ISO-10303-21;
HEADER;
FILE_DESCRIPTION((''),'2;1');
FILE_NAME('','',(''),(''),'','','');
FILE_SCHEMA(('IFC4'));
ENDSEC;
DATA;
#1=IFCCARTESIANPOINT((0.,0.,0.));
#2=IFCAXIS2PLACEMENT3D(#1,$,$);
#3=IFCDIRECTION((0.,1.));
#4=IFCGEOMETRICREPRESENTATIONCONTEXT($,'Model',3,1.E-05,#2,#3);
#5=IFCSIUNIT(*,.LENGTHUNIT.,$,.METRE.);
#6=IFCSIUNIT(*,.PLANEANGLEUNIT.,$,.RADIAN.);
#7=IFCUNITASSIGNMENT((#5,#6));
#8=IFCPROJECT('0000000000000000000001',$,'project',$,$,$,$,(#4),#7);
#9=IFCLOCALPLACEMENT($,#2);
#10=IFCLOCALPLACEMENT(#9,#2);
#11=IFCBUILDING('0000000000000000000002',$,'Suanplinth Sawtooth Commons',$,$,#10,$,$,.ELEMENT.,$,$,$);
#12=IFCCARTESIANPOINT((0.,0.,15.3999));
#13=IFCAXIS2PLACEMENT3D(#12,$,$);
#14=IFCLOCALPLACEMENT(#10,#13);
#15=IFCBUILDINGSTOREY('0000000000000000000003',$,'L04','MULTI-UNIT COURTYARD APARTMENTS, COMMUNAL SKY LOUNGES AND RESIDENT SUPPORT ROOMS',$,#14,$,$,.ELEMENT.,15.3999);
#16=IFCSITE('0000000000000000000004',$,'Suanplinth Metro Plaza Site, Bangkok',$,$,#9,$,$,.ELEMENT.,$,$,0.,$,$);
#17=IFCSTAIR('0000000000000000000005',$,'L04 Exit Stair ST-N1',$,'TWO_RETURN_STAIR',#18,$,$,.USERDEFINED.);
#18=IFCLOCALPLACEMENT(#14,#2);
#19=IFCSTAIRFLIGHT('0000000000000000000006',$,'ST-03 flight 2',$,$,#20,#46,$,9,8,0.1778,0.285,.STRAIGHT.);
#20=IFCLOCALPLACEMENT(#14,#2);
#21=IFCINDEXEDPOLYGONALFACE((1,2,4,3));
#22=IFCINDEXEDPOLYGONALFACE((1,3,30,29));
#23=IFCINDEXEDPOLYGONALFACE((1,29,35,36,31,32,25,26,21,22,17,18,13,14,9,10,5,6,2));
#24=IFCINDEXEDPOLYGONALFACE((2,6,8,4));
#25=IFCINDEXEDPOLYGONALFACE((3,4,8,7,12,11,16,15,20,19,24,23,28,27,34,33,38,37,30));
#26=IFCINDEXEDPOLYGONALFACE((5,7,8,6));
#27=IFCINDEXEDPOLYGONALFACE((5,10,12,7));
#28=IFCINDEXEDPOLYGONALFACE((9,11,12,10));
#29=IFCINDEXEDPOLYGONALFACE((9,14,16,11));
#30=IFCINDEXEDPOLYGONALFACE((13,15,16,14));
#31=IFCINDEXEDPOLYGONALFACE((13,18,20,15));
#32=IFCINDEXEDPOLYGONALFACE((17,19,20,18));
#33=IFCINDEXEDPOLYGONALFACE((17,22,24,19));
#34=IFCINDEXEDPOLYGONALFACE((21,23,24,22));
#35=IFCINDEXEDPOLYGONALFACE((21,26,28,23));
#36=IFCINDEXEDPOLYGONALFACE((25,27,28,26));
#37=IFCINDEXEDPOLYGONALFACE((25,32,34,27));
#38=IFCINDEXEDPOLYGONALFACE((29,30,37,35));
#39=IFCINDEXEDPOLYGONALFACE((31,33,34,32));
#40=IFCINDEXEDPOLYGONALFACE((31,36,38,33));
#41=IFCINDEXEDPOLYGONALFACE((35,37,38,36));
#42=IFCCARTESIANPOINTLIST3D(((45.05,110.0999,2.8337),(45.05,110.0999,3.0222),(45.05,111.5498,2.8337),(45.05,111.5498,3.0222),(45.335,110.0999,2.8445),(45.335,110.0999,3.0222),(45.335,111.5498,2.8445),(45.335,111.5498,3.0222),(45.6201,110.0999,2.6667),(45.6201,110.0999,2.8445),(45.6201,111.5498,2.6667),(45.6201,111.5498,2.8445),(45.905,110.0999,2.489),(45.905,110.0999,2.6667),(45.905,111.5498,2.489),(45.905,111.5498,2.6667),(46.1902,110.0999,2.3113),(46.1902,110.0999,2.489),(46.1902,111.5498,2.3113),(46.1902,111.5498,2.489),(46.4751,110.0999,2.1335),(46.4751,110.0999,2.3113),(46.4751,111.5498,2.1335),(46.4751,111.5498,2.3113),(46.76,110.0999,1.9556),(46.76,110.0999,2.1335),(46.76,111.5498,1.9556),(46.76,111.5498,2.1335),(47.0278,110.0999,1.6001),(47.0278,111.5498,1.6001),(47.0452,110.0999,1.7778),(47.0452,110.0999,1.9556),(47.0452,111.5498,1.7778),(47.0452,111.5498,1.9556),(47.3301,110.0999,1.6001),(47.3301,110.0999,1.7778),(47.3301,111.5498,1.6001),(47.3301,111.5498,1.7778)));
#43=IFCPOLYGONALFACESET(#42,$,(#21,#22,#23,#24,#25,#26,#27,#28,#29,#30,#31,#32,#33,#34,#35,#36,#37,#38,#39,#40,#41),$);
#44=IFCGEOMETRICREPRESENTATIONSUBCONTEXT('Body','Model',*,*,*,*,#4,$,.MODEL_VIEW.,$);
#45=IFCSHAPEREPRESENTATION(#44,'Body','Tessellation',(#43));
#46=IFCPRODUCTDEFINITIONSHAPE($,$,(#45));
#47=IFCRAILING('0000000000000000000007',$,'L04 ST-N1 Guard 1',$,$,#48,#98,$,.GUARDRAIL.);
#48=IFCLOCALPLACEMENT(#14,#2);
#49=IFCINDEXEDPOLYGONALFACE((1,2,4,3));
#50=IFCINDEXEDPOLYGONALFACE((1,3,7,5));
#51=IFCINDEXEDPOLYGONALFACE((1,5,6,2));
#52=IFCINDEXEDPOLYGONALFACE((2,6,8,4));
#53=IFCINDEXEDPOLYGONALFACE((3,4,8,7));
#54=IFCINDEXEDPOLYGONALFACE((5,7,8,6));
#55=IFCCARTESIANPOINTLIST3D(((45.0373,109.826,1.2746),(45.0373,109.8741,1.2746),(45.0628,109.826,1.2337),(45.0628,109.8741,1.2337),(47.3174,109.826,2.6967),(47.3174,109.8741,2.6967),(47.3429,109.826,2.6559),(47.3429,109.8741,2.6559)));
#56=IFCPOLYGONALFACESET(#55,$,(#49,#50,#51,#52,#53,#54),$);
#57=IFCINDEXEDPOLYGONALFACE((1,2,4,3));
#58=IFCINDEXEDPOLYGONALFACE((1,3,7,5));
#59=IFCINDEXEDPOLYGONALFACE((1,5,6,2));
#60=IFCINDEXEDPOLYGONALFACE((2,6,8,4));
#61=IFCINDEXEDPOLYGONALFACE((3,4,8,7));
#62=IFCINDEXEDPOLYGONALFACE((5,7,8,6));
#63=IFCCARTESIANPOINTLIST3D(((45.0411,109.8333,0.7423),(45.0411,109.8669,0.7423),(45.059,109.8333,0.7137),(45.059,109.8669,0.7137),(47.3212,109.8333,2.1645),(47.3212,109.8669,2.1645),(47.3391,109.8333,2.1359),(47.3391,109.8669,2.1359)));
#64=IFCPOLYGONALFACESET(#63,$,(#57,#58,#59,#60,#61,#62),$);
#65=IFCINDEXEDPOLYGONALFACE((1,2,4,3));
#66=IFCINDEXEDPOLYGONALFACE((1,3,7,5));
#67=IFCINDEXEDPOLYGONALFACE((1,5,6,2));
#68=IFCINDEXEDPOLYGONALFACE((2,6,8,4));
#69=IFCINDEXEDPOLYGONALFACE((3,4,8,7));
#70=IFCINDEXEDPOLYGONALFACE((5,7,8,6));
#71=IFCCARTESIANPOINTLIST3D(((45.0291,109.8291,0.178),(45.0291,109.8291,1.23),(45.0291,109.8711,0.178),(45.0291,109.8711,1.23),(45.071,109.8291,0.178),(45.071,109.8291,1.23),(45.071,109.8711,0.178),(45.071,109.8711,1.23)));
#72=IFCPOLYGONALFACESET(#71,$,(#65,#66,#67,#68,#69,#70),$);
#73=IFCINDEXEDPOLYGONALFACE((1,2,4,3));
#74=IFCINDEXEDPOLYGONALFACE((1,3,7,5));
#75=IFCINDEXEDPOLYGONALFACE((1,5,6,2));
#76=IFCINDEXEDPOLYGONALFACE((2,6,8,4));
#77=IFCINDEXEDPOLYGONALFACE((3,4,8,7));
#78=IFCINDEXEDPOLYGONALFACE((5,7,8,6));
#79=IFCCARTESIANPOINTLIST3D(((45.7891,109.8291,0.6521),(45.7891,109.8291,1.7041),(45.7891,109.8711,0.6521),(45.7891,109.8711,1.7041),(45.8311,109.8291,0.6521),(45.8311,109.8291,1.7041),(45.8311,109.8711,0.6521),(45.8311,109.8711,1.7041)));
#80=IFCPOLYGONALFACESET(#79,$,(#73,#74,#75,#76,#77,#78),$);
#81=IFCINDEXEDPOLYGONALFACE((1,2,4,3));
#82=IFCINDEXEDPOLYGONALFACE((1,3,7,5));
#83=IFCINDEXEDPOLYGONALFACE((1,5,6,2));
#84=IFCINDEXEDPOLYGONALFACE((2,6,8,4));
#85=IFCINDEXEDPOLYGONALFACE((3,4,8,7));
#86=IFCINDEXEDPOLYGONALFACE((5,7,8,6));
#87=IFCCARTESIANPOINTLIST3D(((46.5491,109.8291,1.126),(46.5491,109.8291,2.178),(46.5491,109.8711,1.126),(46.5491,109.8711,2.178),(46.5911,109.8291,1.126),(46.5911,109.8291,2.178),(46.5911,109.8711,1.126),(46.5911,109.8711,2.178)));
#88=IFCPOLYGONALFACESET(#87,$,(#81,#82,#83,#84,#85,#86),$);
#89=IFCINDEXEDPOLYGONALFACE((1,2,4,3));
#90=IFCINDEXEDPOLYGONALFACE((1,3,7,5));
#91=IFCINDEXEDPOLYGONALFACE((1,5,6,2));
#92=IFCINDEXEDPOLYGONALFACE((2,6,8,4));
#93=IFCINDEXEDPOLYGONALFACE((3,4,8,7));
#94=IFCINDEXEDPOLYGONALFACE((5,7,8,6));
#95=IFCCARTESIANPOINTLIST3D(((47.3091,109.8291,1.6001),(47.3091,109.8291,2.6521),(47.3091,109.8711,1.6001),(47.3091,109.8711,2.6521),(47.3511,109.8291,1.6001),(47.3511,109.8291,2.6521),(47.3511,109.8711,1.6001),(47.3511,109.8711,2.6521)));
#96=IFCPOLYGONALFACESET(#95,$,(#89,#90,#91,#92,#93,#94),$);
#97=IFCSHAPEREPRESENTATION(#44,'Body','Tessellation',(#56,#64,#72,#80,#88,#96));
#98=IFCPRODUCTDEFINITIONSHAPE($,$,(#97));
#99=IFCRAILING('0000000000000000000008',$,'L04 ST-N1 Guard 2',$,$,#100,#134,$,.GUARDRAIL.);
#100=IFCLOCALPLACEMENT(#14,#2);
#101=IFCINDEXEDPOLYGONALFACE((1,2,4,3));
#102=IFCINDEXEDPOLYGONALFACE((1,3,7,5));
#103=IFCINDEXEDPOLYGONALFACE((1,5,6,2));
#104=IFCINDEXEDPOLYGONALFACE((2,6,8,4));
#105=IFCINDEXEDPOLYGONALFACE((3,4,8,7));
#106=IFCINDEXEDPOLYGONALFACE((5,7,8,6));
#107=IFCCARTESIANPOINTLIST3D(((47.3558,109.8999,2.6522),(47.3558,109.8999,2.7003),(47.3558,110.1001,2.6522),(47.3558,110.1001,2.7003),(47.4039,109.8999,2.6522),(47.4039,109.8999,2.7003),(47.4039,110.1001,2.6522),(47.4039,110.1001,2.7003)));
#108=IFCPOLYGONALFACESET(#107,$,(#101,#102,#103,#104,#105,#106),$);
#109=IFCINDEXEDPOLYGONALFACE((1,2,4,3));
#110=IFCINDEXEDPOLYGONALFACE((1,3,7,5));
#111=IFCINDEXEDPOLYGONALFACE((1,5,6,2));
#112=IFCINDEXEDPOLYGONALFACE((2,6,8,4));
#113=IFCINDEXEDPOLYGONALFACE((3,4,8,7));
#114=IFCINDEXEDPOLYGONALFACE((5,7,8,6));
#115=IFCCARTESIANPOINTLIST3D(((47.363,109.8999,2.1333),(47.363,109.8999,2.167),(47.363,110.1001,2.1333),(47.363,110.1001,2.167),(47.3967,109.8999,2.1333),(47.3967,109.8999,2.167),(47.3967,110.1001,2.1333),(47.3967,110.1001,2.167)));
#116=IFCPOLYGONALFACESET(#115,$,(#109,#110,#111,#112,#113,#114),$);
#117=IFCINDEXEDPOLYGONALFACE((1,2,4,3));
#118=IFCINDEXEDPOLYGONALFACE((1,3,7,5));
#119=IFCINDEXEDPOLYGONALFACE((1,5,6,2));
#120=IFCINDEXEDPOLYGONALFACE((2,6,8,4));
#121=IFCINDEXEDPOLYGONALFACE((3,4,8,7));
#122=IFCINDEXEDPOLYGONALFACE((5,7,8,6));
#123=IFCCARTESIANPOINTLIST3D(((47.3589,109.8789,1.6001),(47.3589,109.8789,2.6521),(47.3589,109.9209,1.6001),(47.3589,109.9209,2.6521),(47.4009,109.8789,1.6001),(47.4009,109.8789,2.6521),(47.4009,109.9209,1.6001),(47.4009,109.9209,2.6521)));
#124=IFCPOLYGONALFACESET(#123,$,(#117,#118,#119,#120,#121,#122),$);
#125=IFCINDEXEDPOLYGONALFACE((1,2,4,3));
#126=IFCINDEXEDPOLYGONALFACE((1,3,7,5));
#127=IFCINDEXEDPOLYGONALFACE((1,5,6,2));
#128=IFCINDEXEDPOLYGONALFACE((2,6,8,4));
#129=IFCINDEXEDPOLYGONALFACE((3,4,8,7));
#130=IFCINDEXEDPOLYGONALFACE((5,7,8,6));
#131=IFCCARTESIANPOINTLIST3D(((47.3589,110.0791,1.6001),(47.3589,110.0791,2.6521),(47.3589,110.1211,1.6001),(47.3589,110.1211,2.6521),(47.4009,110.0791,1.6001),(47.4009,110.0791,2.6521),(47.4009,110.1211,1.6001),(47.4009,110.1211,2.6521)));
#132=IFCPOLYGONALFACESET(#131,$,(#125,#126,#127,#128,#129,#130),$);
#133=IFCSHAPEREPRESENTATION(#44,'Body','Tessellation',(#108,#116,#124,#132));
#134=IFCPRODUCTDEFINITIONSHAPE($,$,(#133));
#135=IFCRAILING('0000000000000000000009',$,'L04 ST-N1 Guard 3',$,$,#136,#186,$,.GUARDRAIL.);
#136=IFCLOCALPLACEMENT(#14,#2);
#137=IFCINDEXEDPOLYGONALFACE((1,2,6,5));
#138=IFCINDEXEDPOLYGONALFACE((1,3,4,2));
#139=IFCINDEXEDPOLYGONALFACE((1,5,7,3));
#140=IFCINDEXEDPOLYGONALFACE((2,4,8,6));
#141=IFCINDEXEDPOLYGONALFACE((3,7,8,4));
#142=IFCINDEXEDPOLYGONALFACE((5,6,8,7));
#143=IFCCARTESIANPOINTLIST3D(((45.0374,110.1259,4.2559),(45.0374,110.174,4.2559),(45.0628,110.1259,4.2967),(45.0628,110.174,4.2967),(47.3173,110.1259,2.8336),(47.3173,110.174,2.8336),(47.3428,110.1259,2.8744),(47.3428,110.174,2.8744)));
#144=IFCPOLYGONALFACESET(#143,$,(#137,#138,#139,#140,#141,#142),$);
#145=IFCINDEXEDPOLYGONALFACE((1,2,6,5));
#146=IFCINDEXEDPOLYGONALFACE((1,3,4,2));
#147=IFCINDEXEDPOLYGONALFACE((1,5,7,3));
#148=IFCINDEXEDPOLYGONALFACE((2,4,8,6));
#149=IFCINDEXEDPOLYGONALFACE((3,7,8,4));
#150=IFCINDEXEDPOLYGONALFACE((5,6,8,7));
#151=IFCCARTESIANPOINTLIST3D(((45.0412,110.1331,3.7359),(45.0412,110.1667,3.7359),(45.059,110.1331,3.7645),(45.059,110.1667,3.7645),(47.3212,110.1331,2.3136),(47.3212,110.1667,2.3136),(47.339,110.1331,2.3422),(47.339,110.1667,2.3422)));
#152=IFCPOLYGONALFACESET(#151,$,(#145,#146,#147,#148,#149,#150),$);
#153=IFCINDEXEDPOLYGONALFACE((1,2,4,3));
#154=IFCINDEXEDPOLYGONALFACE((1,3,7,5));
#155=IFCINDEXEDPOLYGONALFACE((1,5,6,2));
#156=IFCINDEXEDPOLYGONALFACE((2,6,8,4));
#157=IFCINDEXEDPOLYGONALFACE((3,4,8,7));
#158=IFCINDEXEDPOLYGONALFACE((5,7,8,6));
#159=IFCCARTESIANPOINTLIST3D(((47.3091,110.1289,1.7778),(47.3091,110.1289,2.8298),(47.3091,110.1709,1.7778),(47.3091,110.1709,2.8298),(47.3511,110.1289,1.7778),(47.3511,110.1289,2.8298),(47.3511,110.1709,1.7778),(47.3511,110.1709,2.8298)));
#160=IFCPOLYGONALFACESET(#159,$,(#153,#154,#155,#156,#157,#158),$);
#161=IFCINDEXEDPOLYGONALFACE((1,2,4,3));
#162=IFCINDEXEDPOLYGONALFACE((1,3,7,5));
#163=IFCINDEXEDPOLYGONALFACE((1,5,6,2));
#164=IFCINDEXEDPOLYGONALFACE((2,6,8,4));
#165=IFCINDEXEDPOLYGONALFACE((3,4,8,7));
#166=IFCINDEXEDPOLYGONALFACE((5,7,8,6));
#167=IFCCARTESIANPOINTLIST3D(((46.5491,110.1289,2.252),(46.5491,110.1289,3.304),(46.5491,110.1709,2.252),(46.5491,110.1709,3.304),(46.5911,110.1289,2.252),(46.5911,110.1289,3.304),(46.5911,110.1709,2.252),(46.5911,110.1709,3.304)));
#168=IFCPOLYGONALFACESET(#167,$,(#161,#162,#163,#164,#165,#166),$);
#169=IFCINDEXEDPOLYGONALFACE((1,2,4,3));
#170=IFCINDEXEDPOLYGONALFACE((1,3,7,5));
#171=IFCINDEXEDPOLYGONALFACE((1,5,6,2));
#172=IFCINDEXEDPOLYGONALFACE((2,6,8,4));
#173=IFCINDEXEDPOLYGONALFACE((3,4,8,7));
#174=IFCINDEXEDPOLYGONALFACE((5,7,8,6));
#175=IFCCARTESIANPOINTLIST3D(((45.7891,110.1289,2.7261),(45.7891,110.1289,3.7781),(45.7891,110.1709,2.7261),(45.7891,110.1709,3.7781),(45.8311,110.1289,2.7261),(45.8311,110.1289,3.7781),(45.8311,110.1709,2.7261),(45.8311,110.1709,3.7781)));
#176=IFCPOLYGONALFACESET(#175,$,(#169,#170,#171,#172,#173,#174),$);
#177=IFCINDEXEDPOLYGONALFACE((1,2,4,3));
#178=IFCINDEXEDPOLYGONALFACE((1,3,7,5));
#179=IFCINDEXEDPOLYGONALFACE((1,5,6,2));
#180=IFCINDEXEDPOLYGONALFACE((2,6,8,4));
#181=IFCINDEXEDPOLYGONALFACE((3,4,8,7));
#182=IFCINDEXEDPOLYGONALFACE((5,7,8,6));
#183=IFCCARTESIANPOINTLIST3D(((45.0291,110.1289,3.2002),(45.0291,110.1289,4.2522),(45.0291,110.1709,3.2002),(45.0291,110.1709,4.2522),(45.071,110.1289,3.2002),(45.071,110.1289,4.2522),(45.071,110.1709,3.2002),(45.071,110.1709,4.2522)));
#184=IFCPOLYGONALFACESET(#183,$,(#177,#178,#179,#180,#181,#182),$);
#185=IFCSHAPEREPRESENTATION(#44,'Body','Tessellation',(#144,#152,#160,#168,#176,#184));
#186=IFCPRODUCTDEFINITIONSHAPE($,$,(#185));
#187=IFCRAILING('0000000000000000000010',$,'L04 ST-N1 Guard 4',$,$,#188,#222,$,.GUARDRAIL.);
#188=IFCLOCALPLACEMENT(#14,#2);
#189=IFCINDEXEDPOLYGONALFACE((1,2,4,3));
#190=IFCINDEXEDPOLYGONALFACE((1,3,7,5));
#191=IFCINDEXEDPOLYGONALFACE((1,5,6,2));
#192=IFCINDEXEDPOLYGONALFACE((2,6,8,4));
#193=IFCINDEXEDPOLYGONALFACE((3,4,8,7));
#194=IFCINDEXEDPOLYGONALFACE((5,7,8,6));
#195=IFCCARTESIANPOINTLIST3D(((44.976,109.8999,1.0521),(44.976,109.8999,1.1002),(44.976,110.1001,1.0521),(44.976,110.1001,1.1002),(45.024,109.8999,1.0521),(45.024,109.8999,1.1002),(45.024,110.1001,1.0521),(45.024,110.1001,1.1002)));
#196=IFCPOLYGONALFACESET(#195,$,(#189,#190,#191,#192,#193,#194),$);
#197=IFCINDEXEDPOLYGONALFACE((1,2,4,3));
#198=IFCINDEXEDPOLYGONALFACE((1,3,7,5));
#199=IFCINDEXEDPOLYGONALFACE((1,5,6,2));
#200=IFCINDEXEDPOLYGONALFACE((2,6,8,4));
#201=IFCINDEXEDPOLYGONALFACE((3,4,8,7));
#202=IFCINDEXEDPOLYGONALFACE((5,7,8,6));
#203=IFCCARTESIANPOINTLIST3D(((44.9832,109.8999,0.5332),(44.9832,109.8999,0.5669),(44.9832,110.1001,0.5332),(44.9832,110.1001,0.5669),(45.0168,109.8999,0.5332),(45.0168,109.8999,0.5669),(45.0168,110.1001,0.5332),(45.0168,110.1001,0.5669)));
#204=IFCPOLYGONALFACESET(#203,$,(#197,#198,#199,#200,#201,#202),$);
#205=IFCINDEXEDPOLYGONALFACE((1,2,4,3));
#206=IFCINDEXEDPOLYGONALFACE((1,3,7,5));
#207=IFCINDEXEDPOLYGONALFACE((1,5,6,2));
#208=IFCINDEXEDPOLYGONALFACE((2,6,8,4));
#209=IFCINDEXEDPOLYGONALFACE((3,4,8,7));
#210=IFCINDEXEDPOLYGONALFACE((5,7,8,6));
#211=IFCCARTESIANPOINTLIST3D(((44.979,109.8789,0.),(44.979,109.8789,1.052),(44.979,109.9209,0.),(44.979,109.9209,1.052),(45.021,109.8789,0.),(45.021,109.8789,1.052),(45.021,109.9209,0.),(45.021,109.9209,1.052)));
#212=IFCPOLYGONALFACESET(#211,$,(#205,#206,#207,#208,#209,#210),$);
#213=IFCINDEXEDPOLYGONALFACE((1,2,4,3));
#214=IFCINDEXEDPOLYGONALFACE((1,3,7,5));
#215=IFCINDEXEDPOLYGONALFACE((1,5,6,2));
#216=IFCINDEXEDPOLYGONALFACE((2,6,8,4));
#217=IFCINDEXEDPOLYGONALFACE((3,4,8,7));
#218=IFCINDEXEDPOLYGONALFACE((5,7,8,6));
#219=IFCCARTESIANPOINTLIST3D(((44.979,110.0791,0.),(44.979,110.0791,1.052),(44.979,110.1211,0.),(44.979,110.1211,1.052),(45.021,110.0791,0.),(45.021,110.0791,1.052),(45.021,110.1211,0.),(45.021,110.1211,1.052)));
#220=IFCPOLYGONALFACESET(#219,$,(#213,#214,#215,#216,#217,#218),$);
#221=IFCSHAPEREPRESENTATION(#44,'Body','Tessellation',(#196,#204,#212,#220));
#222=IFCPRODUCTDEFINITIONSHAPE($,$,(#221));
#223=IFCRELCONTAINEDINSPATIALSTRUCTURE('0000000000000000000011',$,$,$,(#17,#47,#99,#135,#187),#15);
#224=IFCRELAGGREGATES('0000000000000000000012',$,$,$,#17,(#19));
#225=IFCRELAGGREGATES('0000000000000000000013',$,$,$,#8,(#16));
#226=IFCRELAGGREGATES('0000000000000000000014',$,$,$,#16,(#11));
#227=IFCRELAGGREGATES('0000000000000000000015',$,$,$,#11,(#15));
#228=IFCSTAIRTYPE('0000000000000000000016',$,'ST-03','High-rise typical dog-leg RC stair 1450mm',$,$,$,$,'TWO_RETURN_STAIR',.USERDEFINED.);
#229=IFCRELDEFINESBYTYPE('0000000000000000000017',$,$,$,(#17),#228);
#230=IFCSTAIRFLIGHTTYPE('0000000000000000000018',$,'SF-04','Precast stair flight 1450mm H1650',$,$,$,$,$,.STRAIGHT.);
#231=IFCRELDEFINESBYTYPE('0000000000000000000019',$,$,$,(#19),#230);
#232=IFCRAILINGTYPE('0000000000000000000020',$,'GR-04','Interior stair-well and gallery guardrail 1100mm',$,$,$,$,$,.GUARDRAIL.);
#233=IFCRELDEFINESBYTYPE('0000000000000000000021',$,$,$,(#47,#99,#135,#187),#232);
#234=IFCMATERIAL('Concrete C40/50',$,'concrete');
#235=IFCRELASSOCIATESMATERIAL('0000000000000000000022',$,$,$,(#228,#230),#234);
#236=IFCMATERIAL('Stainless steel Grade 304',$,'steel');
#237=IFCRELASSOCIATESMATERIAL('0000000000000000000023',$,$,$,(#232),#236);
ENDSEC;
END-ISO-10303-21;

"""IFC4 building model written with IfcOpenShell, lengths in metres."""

from ifc_helpers import new_model, si_unit, direction, frame, origin, origin_2d, place, context, subcontext, project, spatial, polyline, rectangle, outline, extrude, material, type_object, element, aggregate, save


model = new_model("IFC4")

# Units and contexts
model_context = context("Model", 3, precision=1e-05, world=origin(), true_north=direction((0.0, 1.0)))
body_context = subcontext(model_context, "Body", "Model", "MODEL_VIEW")
ifc_project = project(units=[si_unit("LENGTHUNIT", "METRE"), si_unit("PLANEANGLEUNIT", "RADIAN")], contexts=[model_context])

# Site, building, storey
site_placement = place(None, origin())
site = spatial("IfcSite", under=ifc_project, at=site_placement, Name="Suanplinth Metro Plaza Site, Bangkok", CompositionType="ELEMENT", RefElevation=0.0)
building_placement = place(site_placement, origin())
building = spatial("IfcBuilding", under=site, at=building_placement, Name="Suanplinth Sawtooth Commons", CompositionType="ELEMENT")
storey_placement = place(building_placement, frame((0.0, 0.0, 15.3999)))
storey = spatial("IfcBuildingStorey", under=building, at=storey_placement, Name="L04", Description="MULTI-UNIT COURTYARD APARTMENTS, COMMUNAL SKY LOUNGES AND RESIDENT SUPPORT ROOMS", CompositionType="ELEMENT", Elevation=15.3999)

# Shared definitions
ifc_material_1 = material(Name="Concrete C40/50", Category="concrete")

# Shared definitions
ifc_material_2 = material(Name="Stainless steel Grade 304", Category="steel")

# Stair, stair flight
stair_type = type_object("IfcStairType", Name="ST-03", Description="High-rise typical dog-leg RC stair 1450mm", ElementType="TWO_RETURN_STAIR", PredefinedType="USERDEFINED", material=ifc_material_1)
stair_placement = place(storey_placement, origin())
stair = element("IfcStair", 1, at=stair_placement, inside=storey, type_object=stair_type, Name="L04 Exit Stair ST-N1", ObjectType="TWO_RETURN_STAIR", PredefinedType="USERDEFINED")
stair_flight_type = type_object("IfcStairFlightType", Name="SF-04", Description="Precast stair flight 1450mm H1650", PredefinedType="STRAIGHT", material=ifc_material_1)
stair_flight_1_placement = place(storey_placement, frame((47.3301, 110.825, 1.6001), z_axis=(0.0, 0.0, 1.0), x_axis=(-1.0, 0.0, 0.0)))
stair_flight_1 = element("IfcStairFlight", 2, at=stair_flight_1_placement, type_object=stair_flight_type, Name="ST-03 flight 2", NumberOfRisers=9, NumberOfTreads=8, PredefinedType="STRAIGHT", RiserHeight=0.1778, TreadLength=0.285, context=body_context, shape_type="SweptSolid", body=[
    extrude(outline(polyline([(0.0, 0.0), (0.0, 0.1777), (0.2849, 0.1777), (0.2849, 0.3555), (0.5701, 0.3555), (0.5701, 0.5334), (0.855, 0.5334), (0.855, 0.7112), (1.1399, 0.7112), (1.1399, 0.8889), (1.425, 0.8889), (1.425, 1.0667), (1.71, 1.0667), (1.71, 1.2444), (1.9951, 1.2444), (1.9951, 1.4221), (2.28, 1.4221), (2.28, 1.6001), (2.28, 1.2336), (0.3022, 0.0), (0.0, 0.0)])), frame((0.0, 0.7251, 0.0), z_axis=(0.0, -1.0, 0.0), x_axis=(1.0, 0.0, 0.0)), (0.0, 0.0, 1.0), 1.45),
])
aggregate(stair, [stair_flight_1])

# Railings
railing_type_1 = type_object("IfcRailingType", Name="GR-04", Description="Interior stair-well and gallery guardrail 1100mm", PredefinedType="GUARDRAIL", material=ifc_material_2)
railing_1_placement = place(storey_placement, frame((45.05, 109.8501, 0.178)))
element("IfcRailing", 3, at=railing_1_placement, inside=storey, type_object=railing_type_1, Name="L04 ST-N1 Guard 1", PredefinedType="GUARDRAIL", context=body_context, shape_type="SweptSolid", body=[
    extrude(rectangle(XDim=0.0481, YDim=0.0481, at=origin_2d()), frame((0.0, 0.0, 1.0762), z_axis=(0.848483, 0.0, 0.529223), x_axis=(0.0, 1.0, 0.0)), (0.0, 0.0, 1.0), 2.6873),
    extrude(rectangle(XDim=0.0337, YDim=0.0337, at=origin_2d()), frame((0.0, 0.0, 0.55), z_axis=(0.848483, 0.0, 0.529223), x_axis=(0.0, 1.0, 0.0)), (0.0, 0.0, 1.0), 2.6873),
    extrude(rectangle(XDim=0.042, YDim=0.042, at=origin_2d()), origin(), (0.0, 0.0, 1.0), 1.052),
    extrude(rectangle(XDim=0.042, YDim=0.042, at=origin_2d()), frame((0.76, 0.0, 0.4741)), (0.0, 0.0, 1.0), 1.052),
    extrude(rectangle(XDim=0.042, YDim=0.042, at=origin_2d()), frame((1.52, 0.0, 0.948)), (0.0, 0.0, 1.0), 1.052),
    extrude(rectangle(XDim=0.042, YDim=0.042, at=origin_2d()), frame((2.28, 0.0, 1.4221)), (0.0, 0.0, 1.0), 1.052),
])
railing_2_placement = place(storey_placement, frame((47.3799, 109.8999, 1.6001)))
element("IfcRailing", 4, at=railing_2_placement, inside=storey, type_object=railing_type_1, Name="L04 ST-N1 Guard 2", PredefinedType="GUARDRAIL", context=body_context, shape_type="SweptSolid", body=[
    extrude(rectangle(XDim=0.0481, YDim=0.0481, at=origin_2d()), frame((0.0, 0.0, 1.0762), z_axis=(0.0, 1.0, 0.0), x_axis=(-1.0, 0.0, 0.0)), (0.0, 0.0, 1.0), 0.2002),
    extrude(rectangle(XDim=0.0337, YDim=0.0337, at=origin_2d()), frame((0.0, 0.0, 0.55), z_axis=(0.0, 1.0, 0.0), x_axis=(-1.0, 0.0, 0.0)), (0.0, 0.0, 1.0), 0.2002),
    extrude(rectangle(XDim=0.042, YDim=0.042, at=origin_2d()), origin(), (0.0, 0.0, 1.0), 1.052),
    extrude(rectangle(XDim=0.042, YDim=0.042, at=origin_2d()), frame((0.0, 0.2002, 0.0)), (0.0, 0.0, 1.0), 1.052),
])
railing_3_placement = place(storey_placement, frame((47.3301, 110.1499, 1.7778)))
element("IfcRailing", 5, at=railing_3_placement, inside=storey, type_object=railing_type_1, Name="L04 ST-N1 Guard 3", PredefinedType="GUARDRAIL", context=body_context, shape_type="SweptSolid", body=[
    extrude(rectangle(XDim=0.0481, YDim=0.0481, at=origin_2d()), frame((0.0, 0.0, 1.0762), z_axis=(-0.848442, 0.0, 0.529288), x_axis=(0.0, -1.0, 0.0)), (0.0, 0.0, 1.0), 2.6873),
    extrude(rectangle(XDim=0.0337, YDim=0.0337, at=origin_2d()), frame((0.0, 0.0, 0.55), z_axis=(-0.848442, 0.0, 0.529288), x_axis=(0.0, -1.0, 0.0)), (0.0, 0.0, 1.0), 2.6873),
    extrude(rectangle(XDim=0.042, YDim=0.042, at=origin_2d()), origin(), (0.0, 0.0, 1.0), 1.052),
    extrude(rectangle(XDim=0.042, YDim=0.042, at=origin_2d()), frame((-0.76, 0.0, 0.4741)), (0.0, 0.0, 1.0), 1.052),
    extrude(rectangle(XDim=0.042, YDim=0.042, at=origin_2d()), frame((-1.52, 0.0, 0.9482)), (0.0, 0.0, 1.0), 1.052),
    extrude(rectangle(XDim=0.042, YDim=0.042, at=origin_2d()), frame((-2.28, 0.0, 1.4224)), (0.0, 0.0, 1.0), 1.052),
])
railing_4_placement = place(storey_placement, frame((45.0, 109.8999, 0.0)))
element("IfcRailing", 6, at=railing_4_placement, inside=storey, type_object=railing_type_1, Name="L04 ST-N1 Guard 4", PredefinedType="GUARDRAIL", context=body_context, shape_type="SweptSolid", body=[
    extrude(rectangle(XDim=0.0481, YDim=0.0481, at=origin_2d()), frame((0.0, 0.0, 1.0762), z_axis=(0.0, 1.0, 0.0), x_axis=(-1.0, 0.0, 0.0)), (0.0, 0.0, 1.0), 0.2002),
    extrude(rectangle(XDim=0.0337, YDim=0.0337, at=origin_2d()), frame((0.0, 0.0, 0.55), z_axis=(0.0, 1.0, 0.0), x_axis=(-1.0, 0.0, 0.0)), (0.0, 0.0, 1.0), 0.2002),
    extrude(rectangle(XDim=0.042, YDim=0.042, at=origin_2d()), origin(), (0.0, 0.0, 1.0), 1.052),
    extrude(rectangle(XDim=0.042, YDim=0.042, at=origin_2d()), frame((0.0, 0.2002, 0.0)), (0.0, 0.0, 1.0), 1.052),
])

save(model, "model.ifc")
